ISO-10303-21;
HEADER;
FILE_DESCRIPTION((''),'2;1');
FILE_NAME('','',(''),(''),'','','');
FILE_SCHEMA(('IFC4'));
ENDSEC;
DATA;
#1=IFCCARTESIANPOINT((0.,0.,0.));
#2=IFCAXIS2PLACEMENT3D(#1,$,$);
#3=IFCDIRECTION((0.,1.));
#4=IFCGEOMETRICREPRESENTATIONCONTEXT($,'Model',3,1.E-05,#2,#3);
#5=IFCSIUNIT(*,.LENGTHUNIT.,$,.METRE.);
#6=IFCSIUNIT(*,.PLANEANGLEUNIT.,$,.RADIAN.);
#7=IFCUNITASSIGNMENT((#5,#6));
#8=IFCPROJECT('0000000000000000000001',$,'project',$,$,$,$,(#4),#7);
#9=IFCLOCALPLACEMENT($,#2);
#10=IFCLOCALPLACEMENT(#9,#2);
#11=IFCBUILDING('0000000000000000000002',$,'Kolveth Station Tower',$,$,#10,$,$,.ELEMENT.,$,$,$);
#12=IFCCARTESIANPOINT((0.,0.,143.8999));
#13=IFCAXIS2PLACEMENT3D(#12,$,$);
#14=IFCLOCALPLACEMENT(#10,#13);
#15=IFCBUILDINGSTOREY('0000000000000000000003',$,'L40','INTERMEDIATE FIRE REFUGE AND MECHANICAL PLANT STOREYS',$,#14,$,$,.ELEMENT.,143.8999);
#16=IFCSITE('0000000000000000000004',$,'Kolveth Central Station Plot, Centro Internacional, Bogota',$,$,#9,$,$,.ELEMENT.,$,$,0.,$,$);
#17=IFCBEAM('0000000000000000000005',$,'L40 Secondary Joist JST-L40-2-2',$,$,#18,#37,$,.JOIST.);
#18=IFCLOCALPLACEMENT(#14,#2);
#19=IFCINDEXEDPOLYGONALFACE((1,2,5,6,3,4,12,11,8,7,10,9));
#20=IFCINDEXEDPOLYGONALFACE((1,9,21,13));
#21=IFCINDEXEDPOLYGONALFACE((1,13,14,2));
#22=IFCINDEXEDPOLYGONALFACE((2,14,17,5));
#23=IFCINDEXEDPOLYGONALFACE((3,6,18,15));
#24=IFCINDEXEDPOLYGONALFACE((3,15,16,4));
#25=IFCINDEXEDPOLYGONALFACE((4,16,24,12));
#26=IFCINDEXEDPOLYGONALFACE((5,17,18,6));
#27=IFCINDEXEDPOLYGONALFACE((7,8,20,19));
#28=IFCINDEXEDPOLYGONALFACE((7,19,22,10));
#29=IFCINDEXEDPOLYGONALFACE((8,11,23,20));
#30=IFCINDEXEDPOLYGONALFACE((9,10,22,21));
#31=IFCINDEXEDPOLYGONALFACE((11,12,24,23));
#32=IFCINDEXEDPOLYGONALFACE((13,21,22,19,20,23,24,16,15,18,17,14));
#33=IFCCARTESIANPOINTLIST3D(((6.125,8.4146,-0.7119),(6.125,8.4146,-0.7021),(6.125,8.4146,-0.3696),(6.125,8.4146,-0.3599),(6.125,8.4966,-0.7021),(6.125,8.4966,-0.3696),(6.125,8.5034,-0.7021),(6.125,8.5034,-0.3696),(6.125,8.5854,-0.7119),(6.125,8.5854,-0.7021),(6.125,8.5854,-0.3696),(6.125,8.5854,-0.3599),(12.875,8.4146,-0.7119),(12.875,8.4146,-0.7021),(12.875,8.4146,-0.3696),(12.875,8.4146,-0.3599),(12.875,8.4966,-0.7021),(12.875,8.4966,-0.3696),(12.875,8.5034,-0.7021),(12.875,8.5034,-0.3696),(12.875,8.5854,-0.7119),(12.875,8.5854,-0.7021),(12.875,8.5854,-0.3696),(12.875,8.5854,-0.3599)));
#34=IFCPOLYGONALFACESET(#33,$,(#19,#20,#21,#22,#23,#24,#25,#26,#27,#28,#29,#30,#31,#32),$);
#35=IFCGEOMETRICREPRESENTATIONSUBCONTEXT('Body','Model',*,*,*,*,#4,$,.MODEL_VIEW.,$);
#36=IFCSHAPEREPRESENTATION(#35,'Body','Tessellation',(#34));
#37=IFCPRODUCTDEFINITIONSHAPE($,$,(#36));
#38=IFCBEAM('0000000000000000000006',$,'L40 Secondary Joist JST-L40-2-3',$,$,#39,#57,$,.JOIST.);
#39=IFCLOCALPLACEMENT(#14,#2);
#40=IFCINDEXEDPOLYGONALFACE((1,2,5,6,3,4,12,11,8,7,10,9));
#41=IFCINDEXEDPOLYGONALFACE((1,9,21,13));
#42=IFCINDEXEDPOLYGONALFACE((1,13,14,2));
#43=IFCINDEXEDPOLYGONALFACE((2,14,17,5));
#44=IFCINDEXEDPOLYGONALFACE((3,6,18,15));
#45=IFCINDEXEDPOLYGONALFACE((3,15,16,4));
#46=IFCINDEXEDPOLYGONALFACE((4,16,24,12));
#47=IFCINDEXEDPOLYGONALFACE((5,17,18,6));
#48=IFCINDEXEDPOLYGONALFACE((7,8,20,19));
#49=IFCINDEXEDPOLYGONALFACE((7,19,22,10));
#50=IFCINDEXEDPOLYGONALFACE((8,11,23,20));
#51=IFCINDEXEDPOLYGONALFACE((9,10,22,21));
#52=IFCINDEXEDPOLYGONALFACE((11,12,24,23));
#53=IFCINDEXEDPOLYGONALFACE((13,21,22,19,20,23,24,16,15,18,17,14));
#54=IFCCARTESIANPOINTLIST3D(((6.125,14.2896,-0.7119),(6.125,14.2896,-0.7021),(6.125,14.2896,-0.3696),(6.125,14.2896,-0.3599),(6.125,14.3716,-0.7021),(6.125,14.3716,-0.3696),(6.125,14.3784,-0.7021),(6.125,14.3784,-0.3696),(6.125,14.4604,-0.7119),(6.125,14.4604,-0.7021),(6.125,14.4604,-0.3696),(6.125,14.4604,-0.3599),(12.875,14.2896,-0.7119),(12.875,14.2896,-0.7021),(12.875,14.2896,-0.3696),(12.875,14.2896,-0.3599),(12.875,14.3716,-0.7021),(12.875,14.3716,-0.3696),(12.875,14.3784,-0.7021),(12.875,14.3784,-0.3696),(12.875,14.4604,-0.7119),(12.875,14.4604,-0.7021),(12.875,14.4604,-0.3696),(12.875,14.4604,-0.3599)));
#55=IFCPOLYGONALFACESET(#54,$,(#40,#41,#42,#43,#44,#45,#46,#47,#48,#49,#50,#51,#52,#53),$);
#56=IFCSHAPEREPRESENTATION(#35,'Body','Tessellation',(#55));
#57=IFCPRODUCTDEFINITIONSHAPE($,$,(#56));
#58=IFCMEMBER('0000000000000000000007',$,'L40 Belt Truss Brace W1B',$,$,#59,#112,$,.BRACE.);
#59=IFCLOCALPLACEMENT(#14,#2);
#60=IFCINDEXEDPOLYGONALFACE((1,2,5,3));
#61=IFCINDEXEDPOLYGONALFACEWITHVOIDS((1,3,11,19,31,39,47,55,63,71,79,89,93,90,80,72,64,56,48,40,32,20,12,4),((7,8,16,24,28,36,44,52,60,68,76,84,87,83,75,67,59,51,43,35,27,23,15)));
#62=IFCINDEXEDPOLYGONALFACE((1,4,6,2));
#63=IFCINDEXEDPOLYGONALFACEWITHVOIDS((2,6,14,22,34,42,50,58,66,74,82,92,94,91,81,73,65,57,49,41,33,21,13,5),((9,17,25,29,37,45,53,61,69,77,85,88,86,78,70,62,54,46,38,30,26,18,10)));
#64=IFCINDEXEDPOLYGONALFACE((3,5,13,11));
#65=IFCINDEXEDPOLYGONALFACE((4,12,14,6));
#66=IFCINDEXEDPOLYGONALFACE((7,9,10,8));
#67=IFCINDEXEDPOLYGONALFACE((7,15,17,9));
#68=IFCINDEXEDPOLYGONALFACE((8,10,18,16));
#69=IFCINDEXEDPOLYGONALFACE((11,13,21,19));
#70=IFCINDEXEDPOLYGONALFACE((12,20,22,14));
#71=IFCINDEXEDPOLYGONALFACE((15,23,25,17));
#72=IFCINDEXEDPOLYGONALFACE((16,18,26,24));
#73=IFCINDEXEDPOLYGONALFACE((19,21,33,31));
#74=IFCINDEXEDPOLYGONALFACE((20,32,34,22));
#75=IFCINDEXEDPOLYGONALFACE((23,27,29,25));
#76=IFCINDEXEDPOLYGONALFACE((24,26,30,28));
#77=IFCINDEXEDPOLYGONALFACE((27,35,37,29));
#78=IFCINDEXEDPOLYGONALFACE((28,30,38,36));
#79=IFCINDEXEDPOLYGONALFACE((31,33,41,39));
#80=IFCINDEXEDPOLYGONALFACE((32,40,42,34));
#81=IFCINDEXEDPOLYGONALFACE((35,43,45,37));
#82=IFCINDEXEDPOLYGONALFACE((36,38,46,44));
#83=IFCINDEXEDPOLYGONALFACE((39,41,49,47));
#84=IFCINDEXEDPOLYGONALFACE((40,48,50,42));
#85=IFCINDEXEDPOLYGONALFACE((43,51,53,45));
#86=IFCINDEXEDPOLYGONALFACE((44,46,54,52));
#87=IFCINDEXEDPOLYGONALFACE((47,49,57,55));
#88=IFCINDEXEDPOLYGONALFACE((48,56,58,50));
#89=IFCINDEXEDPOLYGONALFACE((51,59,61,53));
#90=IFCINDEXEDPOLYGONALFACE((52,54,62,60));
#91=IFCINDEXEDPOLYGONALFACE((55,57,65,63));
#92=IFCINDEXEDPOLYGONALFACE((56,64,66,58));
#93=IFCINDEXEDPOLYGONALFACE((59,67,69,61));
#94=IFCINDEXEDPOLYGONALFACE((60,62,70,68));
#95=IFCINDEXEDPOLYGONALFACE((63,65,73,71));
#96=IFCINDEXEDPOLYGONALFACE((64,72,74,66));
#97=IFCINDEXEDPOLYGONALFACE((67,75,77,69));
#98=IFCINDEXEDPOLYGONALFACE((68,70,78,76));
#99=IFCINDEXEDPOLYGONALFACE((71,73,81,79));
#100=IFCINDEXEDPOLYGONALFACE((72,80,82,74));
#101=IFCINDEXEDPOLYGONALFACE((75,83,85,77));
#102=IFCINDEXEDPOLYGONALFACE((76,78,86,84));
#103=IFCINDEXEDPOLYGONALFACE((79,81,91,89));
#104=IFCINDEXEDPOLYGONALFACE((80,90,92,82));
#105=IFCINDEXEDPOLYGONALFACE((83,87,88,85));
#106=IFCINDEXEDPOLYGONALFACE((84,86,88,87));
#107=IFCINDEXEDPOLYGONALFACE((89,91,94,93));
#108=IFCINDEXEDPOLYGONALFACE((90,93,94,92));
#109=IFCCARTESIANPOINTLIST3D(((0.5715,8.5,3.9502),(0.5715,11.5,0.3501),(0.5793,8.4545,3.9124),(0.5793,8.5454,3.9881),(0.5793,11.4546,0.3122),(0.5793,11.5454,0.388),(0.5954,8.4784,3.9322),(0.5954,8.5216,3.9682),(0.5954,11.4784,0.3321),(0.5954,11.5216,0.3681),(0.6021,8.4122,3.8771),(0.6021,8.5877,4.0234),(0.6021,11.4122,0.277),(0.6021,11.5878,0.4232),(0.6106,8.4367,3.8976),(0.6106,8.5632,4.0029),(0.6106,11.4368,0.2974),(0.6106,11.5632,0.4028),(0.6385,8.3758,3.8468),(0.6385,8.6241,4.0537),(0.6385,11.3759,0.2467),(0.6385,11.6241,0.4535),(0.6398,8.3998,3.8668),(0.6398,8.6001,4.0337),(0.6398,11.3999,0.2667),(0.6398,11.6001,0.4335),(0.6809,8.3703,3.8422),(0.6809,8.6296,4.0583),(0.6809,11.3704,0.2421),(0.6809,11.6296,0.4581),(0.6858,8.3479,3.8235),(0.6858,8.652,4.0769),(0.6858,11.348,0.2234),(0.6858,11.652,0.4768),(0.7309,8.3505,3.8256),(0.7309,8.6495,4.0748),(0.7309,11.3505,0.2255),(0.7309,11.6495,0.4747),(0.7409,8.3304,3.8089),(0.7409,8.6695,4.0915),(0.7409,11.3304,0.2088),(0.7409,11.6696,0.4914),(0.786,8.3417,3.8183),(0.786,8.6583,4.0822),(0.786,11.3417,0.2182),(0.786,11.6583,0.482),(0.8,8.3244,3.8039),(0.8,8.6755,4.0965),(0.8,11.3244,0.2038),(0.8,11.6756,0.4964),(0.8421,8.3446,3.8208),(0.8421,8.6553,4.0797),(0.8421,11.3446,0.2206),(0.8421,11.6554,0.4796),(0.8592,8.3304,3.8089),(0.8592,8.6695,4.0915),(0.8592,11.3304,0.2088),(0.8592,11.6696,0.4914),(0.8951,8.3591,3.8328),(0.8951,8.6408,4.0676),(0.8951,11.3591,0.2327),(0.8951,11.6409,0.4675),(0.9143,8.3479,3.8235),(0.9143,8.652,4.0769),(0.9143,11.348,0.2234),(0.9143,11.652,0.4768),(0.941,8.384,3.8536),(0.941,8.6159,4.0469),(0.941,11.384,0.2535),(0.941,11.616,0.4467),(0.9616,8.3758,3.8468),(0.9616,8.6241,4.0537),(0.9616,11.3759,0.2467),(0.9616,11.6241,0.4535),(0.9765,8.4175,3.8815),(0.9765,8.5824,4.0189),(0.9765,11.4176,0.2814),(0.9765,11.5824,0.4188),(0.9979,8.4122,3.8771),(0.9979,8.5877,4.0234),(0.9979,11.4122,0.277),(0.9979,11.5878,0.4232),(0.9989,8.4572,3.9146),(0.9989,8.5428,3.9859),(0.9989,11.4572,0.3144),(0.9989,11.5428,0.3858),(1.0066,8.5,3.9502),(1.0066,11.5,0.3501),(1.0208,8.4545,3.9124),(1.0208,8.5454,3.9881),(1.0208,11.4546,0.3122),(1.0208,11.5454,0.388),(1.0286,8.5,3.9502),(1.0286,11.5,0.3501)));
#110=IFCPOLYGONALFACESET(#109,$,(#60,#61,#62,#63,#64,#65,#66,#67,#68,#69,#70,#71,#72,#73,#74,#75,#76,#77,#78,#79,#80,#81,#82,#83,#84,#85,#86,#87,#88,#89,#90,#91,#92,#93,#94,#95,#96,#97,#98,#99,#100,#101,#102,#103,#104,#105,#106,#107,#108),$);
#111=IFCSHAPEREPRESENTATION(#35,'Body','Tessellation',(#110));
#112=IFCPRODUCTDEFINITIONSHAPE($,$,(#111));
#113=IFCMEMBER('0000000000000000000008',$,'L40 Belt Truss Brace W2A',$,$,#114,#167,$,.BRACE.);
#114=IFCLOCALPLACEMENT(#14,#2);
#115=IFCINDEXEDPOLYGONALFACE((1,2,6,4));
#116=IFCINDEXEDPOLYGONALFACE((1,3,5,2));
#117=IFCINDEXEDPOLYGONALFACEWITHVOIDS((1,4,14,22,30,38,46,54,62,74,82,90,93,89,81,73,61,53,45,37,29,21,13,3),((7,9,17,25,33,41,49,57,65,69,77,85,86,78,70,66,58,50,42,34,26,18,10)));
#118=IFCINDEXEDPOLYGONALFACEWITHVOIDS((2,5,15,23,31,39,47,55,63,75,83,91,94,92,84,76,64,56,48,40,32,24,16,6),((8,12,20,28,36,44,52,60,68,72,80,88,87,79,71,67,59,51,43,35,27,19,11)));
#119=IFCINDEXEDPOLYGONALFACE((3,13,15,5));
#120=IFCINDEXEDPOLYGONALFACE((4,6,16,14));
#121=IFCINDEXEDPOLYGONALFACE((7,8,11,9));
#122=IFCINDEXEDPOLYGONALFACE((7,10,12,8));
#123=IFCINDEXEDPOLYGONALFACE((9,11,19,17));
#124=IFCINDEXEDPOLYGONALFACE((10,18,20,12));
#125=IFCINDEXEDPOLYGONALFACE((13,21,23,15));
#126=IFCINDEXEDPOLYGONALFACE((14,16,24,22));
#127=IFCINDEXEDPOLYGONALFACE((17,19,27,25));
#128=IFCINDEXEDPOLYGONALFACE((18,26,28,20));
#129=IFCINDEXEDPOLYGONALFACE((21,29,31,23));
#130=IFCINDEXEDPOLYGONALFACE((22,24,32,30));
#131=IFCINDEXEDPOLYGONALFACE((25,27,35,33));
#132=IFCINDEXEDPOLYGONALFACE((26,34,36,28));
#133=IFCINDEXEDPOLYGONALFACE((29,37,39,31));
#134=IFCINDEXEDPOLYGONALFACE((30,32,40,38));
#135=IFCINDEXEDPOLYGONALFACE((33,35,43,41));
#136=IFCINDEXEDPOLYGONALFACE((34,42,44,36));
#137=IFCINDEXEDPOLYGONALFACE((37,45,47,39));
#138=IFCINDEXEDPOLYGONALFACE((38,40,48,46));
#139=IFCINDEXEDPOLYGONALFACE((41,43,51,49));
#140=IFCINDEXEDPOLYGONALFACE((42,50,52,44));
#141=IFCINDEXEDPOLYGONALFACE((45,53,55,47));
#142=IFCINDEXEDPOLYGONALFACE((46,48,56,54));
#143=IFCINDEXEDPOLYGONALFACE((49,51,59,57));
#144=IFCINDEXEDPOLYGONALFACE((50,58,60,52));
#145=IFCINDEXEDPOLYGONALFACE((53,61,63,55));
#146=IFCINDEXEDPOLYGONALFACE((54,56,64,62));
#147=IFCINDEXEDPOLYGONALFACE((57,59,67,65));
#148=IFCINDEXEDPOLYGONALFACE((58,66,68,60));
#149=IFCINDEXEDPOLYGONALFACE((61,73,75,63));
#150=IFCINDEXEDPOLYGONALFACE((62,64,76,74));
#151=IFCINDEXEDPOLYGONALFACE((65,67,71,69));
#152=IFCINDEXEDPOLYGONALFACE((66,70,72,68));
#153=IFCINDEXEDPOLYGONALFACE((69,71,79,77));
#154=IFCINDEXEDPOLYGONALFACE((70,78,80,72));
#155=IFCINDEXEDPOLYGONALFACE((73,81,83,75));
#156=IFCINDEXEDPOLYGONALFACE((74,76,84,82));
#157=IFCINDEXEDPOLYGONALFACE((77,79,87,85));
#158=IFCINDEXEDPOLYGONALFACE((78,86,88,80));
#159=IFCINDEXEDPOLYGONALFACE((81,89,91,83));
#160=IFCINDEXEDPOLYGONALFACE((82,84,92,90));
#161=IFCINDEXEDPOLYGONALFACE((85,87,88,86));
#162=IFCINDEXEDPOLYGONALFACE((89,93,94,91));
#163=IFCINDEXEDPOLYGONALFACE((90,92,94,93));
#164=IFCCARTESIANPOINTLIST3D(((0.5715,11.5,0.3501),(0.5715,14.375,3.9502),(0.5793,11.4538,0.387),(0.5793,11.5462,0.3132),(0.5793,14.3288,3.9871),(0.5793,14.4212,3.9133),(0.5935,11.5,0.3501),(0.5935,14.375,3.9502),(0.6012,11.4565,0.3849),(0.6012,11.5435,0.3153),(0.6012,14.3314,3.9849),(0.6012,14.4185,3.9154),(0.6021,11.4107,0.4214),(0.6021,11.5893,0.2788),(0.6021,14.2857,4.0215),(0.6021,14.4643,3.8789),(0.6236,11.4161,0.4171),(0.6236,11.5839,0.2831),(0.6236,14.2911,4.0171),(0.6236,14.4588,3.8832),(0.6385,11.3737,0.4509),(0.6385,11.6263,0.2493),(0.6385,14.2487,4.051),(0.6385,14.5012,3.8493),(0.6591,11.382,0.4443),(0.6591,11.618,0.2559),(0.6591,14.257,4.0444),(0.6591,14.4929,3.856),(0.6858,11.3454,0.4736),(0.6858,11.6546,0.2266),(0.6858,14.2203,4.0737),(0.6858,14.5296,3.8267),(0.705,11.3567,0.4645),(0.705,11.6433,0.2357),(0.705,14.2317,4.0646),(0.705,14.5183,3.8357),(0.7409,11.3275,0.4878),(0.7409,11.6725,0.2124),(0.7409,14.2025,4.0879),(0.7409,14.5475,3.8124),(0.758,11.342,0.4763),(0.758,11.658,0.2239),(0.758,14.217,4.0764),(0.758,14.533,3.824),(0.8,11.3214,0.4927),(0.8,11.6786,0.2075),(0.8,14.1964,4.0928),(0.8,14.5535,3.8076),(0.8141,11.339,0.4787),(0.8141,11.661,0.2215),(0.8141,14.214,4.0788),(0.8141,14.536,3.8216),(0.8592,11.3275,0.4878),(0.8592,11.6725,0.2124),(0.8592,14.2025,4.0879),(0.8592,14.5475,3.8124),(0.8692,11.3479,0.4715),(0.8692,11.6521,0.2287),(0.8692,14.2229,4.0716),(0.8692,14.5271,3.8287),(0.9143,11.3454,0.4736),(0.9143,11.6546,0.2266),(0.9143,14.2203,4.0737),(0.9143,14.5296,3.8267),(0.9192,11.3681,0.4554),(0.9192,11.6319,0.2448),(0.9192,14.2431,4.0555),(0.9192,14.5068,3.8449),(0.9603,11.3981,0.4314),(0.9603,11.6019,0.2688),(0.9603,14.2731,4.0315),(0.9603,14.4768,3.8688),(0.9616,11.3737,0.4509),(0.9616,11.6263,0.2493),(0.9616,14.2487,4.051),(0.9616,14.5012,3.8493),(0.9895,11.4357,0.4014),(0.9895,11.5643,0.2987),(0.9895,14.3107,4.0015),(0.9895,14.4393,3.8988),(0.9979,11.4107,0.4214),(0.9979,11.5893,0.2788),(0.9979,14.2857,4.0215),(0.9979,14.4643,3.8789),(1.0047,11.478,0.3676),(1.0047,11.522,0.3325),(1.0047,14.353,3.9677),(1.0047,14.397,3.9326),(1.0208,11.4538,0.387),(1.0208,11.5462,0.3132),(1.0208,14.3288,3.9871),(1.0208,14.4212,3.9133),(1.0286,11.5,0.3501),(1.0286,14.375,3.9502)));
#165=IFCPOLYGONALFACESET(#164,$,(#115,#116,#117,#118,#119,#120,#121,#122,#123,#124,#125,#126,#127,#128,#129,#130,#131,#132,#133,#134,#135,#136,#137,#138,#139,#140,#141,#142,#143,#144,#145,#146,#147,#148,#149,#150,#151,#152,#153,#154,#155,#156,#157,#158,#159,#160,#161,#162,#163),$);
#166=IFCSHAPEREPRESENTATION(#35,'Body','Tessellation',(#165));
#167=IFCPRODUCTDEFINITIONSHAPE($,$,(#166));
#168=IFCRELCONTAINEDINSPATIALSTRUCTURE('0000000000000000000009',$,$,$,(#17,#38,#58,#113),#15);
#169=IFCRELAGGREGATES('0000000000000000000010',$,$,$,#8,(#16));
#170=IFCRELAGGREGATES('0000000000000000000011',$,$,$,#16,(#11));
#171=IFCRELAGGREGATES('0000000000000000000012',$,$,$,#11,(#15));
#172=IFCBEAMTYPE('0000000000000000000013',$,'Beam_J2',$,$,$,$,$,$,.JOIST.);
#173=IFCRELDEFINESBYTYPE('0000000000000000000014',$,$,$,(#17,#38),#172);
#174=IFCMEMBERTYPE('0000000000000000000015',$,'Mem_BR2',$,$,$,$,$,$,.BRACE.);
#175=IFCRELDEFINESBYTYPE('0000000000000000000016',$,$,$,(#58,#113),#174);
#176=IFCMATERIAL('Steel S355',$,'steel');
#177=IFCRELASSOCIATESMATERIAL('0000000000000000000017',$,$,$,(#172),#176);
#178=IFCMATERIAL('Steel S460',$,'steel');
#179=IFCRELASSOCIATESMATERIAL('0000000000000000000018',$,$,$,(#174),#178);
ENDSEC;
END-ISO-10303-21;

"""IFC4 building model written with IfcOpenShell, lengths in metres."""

from ifc_helpers import new_model, si_unit, direction, frame, origin, origin_2d, place, context, subcontext, project, spatial, hollow_circle, i_section, extrude, source, transform, mapped, material, material_profile, profile_set, type_object, element, save


model = new_model("IFC4")

# Units and contexts
model_context = context("Model", 3, precision=1e-05, world=origin(), true_north=direction((0.0, 1.0)))
body_context = subcontext(model_context, "Body", "Model", "MODEL_VIEW")
ifc_project = project(units=[si_unit("LENGTHUNIT", "METRE"), si_unit("PLANEANGLEUNIT", "RADIAN")], contexts=[model_context])

# Site, building, storey
site_placement = place(None, origin())
site = spatial("IfcSite", under=ifc_project, at=site_placement, Name="Kolveth Central Station Plot, Centro Internacional, Bogota", CompositionType="ELEMENT", RefElevation=0.0)
building_placement = place(site_placement, origin())
building = spatial("IfcBuilding", under=site, at=building_placement, Name="Kolveth Station Tower", CompositionType="ELEMENT")
storey_placement = place(building_placement, frame((0.0, 0.0, 143.8999)))
storey = spatial("IfcBuildingStorey", under=building, at=storey_placement, Name="L40", Description="INTERMEDIATE FIRE REFUGE AND MECHANICAL PLANT STOREYS", CompositionType="ELEMENT", Elevation=143.8999)

# Shared definitions
ifc_material_1 = material(Name="Steel S460", Category="steel")

# Beams
ifc_material_2 = material(Name="Steel S355", Category="steel")
ifc_material_profile_1 = material_profile(ifc_material_2, i_section(OverallWidth=0.1709, OverallDepth=0.3521, WebThickness=0.0068, FlangeThickness=0.0098, at=origin_2d()), Name="W360x44")
ifc_profile_set_1 = profile_set([ifc_material_profile_1], Name="Steel S355")
beam_type_1 = type_object("IfcBeamType", Name="Beam_J2", PredefinedType="JOIST", material=ifc_profile_set_1)
shared_shape_1 = source(origin(), body_context, "Body", "SweptSolid", [
    extrude(i_section(OverallWidth=0.1709, OverallDepth=0.3521, WebThickness=0.0068, FlangeThickness=0.0098, at=origin_2d()), origin(), (0.0, 0.0, 1.0), 6.75),
])
for number, where, z_axis, x_axis, name in (
    (1, (6.125, 8.5, -0.5359), (1.0, 0.0, 0.0), (0.0, 1.0, 0.0), "L40 Secondary Joist JST-L40-2-2"),
    (2, (6.125, 14.375, -0.5359), (1.0, 0.0, 0.0), (0.0, 1.0, 0.0), "L40 Secondary Joist JST-L40-2-3"),
):
    element("IfcBeam", number, at=place(storey_placement, frame(where, z_axis=z_axis, x_axis=x_axis)), inside=storey, type_object=beam_type_1, Name=name, PredefinedType="JOIST", context=body_context, shape_type="MappedRepresentation", body=[
        mapped(shared_shape_1, transform((0.0, 0.0, 0.0), x_axis=(1.0, 0.0, 0.0), y_axis=(0.0, 1.0, 0.0), z_axis=(0.0, 0.0, 1.0), scale=1.0)),
    ])

# Members
ifc_material_profile_2 = material_profile(ifc_material_1, hollow_circle(Radius=0.2285, WallThickness=0.022, at=origin_2d()), Name="CHS457x22")
ifc_profile_set_2 = profile_set([ifc_material_profile_2], Name="Steel S460")
member_type_1 = type_object("IfcMemberType", Name="Mem_BR2", PredefinedType="BRACE", material=ifc_profile_set_2)
shared_shape_2 = source(origin(), body_context, "Body", "SweptSolid", [
    extrude(hollow_circle(Radius=0.2285, WallThickness=0.022, at=origin_2d()), origin(), (0.0, 0.0, 1.0), 4.6863),
])
member_1_placement = place(storey_placement, frame((0.8, 11.5, 0.3501), z_axis=(0.0, -0.640174, 0.76823), x_axis=(1.0, 0.0, 0.0)))
element("IfcMember", 3, at=member_1_placement, inside=storey, type_object=member_type_1, Name="L40 Belt Truss Brace W1B", PredefinedType="BRACE", context=body_context, shape_type="MappedRepresentation", body=[
    mapped(shared_shape_2, transform((0.0, 0.0, 0.0), x_axis=(1.0, 0.0, 0.0), y_axis=(0.0, 1.0, 0.0), z_axis=(0.0, 0.0, 1.0), scale=1.0)),
])
shared_shape_3 = source(origin(), body_context, "Body", "SweptSolid", [
    extrude(hollow_circle(Radius=0.2285, WallThickness=0.022, at=origin_2d()), origin(), (0.0, 0.0, 1.0), 4.6072),
])
for number, where, z_axis, x_axis, name in (
    (4, (0.8, 11.5, 0.3501), (0.0, 0.624023, 0.781406), (-1.0, 0.0, 0.0), "L40 Belt Truss Brace W2A"),
):
    element("IfcMember", number, at=place(storey_placement, frame(where, z_axis=z_axis, x_axis=x_axis)), inside=storey, type_object=member_type_1, Name=name, PredefinedType="BRACE", context=body_context, shape_type="MappedRepresentation", body=[
        mapped(shared_shape_3, transform((0.0, 0.0, 0.0), x_axis=(1.0, 0.0, 0.0), y_axis=(0.0, 1.0, 0.0), z_axis=(0.0, 0.0, 1.0), scale=1.0)),
    ])

save(model, "model.ifc")
